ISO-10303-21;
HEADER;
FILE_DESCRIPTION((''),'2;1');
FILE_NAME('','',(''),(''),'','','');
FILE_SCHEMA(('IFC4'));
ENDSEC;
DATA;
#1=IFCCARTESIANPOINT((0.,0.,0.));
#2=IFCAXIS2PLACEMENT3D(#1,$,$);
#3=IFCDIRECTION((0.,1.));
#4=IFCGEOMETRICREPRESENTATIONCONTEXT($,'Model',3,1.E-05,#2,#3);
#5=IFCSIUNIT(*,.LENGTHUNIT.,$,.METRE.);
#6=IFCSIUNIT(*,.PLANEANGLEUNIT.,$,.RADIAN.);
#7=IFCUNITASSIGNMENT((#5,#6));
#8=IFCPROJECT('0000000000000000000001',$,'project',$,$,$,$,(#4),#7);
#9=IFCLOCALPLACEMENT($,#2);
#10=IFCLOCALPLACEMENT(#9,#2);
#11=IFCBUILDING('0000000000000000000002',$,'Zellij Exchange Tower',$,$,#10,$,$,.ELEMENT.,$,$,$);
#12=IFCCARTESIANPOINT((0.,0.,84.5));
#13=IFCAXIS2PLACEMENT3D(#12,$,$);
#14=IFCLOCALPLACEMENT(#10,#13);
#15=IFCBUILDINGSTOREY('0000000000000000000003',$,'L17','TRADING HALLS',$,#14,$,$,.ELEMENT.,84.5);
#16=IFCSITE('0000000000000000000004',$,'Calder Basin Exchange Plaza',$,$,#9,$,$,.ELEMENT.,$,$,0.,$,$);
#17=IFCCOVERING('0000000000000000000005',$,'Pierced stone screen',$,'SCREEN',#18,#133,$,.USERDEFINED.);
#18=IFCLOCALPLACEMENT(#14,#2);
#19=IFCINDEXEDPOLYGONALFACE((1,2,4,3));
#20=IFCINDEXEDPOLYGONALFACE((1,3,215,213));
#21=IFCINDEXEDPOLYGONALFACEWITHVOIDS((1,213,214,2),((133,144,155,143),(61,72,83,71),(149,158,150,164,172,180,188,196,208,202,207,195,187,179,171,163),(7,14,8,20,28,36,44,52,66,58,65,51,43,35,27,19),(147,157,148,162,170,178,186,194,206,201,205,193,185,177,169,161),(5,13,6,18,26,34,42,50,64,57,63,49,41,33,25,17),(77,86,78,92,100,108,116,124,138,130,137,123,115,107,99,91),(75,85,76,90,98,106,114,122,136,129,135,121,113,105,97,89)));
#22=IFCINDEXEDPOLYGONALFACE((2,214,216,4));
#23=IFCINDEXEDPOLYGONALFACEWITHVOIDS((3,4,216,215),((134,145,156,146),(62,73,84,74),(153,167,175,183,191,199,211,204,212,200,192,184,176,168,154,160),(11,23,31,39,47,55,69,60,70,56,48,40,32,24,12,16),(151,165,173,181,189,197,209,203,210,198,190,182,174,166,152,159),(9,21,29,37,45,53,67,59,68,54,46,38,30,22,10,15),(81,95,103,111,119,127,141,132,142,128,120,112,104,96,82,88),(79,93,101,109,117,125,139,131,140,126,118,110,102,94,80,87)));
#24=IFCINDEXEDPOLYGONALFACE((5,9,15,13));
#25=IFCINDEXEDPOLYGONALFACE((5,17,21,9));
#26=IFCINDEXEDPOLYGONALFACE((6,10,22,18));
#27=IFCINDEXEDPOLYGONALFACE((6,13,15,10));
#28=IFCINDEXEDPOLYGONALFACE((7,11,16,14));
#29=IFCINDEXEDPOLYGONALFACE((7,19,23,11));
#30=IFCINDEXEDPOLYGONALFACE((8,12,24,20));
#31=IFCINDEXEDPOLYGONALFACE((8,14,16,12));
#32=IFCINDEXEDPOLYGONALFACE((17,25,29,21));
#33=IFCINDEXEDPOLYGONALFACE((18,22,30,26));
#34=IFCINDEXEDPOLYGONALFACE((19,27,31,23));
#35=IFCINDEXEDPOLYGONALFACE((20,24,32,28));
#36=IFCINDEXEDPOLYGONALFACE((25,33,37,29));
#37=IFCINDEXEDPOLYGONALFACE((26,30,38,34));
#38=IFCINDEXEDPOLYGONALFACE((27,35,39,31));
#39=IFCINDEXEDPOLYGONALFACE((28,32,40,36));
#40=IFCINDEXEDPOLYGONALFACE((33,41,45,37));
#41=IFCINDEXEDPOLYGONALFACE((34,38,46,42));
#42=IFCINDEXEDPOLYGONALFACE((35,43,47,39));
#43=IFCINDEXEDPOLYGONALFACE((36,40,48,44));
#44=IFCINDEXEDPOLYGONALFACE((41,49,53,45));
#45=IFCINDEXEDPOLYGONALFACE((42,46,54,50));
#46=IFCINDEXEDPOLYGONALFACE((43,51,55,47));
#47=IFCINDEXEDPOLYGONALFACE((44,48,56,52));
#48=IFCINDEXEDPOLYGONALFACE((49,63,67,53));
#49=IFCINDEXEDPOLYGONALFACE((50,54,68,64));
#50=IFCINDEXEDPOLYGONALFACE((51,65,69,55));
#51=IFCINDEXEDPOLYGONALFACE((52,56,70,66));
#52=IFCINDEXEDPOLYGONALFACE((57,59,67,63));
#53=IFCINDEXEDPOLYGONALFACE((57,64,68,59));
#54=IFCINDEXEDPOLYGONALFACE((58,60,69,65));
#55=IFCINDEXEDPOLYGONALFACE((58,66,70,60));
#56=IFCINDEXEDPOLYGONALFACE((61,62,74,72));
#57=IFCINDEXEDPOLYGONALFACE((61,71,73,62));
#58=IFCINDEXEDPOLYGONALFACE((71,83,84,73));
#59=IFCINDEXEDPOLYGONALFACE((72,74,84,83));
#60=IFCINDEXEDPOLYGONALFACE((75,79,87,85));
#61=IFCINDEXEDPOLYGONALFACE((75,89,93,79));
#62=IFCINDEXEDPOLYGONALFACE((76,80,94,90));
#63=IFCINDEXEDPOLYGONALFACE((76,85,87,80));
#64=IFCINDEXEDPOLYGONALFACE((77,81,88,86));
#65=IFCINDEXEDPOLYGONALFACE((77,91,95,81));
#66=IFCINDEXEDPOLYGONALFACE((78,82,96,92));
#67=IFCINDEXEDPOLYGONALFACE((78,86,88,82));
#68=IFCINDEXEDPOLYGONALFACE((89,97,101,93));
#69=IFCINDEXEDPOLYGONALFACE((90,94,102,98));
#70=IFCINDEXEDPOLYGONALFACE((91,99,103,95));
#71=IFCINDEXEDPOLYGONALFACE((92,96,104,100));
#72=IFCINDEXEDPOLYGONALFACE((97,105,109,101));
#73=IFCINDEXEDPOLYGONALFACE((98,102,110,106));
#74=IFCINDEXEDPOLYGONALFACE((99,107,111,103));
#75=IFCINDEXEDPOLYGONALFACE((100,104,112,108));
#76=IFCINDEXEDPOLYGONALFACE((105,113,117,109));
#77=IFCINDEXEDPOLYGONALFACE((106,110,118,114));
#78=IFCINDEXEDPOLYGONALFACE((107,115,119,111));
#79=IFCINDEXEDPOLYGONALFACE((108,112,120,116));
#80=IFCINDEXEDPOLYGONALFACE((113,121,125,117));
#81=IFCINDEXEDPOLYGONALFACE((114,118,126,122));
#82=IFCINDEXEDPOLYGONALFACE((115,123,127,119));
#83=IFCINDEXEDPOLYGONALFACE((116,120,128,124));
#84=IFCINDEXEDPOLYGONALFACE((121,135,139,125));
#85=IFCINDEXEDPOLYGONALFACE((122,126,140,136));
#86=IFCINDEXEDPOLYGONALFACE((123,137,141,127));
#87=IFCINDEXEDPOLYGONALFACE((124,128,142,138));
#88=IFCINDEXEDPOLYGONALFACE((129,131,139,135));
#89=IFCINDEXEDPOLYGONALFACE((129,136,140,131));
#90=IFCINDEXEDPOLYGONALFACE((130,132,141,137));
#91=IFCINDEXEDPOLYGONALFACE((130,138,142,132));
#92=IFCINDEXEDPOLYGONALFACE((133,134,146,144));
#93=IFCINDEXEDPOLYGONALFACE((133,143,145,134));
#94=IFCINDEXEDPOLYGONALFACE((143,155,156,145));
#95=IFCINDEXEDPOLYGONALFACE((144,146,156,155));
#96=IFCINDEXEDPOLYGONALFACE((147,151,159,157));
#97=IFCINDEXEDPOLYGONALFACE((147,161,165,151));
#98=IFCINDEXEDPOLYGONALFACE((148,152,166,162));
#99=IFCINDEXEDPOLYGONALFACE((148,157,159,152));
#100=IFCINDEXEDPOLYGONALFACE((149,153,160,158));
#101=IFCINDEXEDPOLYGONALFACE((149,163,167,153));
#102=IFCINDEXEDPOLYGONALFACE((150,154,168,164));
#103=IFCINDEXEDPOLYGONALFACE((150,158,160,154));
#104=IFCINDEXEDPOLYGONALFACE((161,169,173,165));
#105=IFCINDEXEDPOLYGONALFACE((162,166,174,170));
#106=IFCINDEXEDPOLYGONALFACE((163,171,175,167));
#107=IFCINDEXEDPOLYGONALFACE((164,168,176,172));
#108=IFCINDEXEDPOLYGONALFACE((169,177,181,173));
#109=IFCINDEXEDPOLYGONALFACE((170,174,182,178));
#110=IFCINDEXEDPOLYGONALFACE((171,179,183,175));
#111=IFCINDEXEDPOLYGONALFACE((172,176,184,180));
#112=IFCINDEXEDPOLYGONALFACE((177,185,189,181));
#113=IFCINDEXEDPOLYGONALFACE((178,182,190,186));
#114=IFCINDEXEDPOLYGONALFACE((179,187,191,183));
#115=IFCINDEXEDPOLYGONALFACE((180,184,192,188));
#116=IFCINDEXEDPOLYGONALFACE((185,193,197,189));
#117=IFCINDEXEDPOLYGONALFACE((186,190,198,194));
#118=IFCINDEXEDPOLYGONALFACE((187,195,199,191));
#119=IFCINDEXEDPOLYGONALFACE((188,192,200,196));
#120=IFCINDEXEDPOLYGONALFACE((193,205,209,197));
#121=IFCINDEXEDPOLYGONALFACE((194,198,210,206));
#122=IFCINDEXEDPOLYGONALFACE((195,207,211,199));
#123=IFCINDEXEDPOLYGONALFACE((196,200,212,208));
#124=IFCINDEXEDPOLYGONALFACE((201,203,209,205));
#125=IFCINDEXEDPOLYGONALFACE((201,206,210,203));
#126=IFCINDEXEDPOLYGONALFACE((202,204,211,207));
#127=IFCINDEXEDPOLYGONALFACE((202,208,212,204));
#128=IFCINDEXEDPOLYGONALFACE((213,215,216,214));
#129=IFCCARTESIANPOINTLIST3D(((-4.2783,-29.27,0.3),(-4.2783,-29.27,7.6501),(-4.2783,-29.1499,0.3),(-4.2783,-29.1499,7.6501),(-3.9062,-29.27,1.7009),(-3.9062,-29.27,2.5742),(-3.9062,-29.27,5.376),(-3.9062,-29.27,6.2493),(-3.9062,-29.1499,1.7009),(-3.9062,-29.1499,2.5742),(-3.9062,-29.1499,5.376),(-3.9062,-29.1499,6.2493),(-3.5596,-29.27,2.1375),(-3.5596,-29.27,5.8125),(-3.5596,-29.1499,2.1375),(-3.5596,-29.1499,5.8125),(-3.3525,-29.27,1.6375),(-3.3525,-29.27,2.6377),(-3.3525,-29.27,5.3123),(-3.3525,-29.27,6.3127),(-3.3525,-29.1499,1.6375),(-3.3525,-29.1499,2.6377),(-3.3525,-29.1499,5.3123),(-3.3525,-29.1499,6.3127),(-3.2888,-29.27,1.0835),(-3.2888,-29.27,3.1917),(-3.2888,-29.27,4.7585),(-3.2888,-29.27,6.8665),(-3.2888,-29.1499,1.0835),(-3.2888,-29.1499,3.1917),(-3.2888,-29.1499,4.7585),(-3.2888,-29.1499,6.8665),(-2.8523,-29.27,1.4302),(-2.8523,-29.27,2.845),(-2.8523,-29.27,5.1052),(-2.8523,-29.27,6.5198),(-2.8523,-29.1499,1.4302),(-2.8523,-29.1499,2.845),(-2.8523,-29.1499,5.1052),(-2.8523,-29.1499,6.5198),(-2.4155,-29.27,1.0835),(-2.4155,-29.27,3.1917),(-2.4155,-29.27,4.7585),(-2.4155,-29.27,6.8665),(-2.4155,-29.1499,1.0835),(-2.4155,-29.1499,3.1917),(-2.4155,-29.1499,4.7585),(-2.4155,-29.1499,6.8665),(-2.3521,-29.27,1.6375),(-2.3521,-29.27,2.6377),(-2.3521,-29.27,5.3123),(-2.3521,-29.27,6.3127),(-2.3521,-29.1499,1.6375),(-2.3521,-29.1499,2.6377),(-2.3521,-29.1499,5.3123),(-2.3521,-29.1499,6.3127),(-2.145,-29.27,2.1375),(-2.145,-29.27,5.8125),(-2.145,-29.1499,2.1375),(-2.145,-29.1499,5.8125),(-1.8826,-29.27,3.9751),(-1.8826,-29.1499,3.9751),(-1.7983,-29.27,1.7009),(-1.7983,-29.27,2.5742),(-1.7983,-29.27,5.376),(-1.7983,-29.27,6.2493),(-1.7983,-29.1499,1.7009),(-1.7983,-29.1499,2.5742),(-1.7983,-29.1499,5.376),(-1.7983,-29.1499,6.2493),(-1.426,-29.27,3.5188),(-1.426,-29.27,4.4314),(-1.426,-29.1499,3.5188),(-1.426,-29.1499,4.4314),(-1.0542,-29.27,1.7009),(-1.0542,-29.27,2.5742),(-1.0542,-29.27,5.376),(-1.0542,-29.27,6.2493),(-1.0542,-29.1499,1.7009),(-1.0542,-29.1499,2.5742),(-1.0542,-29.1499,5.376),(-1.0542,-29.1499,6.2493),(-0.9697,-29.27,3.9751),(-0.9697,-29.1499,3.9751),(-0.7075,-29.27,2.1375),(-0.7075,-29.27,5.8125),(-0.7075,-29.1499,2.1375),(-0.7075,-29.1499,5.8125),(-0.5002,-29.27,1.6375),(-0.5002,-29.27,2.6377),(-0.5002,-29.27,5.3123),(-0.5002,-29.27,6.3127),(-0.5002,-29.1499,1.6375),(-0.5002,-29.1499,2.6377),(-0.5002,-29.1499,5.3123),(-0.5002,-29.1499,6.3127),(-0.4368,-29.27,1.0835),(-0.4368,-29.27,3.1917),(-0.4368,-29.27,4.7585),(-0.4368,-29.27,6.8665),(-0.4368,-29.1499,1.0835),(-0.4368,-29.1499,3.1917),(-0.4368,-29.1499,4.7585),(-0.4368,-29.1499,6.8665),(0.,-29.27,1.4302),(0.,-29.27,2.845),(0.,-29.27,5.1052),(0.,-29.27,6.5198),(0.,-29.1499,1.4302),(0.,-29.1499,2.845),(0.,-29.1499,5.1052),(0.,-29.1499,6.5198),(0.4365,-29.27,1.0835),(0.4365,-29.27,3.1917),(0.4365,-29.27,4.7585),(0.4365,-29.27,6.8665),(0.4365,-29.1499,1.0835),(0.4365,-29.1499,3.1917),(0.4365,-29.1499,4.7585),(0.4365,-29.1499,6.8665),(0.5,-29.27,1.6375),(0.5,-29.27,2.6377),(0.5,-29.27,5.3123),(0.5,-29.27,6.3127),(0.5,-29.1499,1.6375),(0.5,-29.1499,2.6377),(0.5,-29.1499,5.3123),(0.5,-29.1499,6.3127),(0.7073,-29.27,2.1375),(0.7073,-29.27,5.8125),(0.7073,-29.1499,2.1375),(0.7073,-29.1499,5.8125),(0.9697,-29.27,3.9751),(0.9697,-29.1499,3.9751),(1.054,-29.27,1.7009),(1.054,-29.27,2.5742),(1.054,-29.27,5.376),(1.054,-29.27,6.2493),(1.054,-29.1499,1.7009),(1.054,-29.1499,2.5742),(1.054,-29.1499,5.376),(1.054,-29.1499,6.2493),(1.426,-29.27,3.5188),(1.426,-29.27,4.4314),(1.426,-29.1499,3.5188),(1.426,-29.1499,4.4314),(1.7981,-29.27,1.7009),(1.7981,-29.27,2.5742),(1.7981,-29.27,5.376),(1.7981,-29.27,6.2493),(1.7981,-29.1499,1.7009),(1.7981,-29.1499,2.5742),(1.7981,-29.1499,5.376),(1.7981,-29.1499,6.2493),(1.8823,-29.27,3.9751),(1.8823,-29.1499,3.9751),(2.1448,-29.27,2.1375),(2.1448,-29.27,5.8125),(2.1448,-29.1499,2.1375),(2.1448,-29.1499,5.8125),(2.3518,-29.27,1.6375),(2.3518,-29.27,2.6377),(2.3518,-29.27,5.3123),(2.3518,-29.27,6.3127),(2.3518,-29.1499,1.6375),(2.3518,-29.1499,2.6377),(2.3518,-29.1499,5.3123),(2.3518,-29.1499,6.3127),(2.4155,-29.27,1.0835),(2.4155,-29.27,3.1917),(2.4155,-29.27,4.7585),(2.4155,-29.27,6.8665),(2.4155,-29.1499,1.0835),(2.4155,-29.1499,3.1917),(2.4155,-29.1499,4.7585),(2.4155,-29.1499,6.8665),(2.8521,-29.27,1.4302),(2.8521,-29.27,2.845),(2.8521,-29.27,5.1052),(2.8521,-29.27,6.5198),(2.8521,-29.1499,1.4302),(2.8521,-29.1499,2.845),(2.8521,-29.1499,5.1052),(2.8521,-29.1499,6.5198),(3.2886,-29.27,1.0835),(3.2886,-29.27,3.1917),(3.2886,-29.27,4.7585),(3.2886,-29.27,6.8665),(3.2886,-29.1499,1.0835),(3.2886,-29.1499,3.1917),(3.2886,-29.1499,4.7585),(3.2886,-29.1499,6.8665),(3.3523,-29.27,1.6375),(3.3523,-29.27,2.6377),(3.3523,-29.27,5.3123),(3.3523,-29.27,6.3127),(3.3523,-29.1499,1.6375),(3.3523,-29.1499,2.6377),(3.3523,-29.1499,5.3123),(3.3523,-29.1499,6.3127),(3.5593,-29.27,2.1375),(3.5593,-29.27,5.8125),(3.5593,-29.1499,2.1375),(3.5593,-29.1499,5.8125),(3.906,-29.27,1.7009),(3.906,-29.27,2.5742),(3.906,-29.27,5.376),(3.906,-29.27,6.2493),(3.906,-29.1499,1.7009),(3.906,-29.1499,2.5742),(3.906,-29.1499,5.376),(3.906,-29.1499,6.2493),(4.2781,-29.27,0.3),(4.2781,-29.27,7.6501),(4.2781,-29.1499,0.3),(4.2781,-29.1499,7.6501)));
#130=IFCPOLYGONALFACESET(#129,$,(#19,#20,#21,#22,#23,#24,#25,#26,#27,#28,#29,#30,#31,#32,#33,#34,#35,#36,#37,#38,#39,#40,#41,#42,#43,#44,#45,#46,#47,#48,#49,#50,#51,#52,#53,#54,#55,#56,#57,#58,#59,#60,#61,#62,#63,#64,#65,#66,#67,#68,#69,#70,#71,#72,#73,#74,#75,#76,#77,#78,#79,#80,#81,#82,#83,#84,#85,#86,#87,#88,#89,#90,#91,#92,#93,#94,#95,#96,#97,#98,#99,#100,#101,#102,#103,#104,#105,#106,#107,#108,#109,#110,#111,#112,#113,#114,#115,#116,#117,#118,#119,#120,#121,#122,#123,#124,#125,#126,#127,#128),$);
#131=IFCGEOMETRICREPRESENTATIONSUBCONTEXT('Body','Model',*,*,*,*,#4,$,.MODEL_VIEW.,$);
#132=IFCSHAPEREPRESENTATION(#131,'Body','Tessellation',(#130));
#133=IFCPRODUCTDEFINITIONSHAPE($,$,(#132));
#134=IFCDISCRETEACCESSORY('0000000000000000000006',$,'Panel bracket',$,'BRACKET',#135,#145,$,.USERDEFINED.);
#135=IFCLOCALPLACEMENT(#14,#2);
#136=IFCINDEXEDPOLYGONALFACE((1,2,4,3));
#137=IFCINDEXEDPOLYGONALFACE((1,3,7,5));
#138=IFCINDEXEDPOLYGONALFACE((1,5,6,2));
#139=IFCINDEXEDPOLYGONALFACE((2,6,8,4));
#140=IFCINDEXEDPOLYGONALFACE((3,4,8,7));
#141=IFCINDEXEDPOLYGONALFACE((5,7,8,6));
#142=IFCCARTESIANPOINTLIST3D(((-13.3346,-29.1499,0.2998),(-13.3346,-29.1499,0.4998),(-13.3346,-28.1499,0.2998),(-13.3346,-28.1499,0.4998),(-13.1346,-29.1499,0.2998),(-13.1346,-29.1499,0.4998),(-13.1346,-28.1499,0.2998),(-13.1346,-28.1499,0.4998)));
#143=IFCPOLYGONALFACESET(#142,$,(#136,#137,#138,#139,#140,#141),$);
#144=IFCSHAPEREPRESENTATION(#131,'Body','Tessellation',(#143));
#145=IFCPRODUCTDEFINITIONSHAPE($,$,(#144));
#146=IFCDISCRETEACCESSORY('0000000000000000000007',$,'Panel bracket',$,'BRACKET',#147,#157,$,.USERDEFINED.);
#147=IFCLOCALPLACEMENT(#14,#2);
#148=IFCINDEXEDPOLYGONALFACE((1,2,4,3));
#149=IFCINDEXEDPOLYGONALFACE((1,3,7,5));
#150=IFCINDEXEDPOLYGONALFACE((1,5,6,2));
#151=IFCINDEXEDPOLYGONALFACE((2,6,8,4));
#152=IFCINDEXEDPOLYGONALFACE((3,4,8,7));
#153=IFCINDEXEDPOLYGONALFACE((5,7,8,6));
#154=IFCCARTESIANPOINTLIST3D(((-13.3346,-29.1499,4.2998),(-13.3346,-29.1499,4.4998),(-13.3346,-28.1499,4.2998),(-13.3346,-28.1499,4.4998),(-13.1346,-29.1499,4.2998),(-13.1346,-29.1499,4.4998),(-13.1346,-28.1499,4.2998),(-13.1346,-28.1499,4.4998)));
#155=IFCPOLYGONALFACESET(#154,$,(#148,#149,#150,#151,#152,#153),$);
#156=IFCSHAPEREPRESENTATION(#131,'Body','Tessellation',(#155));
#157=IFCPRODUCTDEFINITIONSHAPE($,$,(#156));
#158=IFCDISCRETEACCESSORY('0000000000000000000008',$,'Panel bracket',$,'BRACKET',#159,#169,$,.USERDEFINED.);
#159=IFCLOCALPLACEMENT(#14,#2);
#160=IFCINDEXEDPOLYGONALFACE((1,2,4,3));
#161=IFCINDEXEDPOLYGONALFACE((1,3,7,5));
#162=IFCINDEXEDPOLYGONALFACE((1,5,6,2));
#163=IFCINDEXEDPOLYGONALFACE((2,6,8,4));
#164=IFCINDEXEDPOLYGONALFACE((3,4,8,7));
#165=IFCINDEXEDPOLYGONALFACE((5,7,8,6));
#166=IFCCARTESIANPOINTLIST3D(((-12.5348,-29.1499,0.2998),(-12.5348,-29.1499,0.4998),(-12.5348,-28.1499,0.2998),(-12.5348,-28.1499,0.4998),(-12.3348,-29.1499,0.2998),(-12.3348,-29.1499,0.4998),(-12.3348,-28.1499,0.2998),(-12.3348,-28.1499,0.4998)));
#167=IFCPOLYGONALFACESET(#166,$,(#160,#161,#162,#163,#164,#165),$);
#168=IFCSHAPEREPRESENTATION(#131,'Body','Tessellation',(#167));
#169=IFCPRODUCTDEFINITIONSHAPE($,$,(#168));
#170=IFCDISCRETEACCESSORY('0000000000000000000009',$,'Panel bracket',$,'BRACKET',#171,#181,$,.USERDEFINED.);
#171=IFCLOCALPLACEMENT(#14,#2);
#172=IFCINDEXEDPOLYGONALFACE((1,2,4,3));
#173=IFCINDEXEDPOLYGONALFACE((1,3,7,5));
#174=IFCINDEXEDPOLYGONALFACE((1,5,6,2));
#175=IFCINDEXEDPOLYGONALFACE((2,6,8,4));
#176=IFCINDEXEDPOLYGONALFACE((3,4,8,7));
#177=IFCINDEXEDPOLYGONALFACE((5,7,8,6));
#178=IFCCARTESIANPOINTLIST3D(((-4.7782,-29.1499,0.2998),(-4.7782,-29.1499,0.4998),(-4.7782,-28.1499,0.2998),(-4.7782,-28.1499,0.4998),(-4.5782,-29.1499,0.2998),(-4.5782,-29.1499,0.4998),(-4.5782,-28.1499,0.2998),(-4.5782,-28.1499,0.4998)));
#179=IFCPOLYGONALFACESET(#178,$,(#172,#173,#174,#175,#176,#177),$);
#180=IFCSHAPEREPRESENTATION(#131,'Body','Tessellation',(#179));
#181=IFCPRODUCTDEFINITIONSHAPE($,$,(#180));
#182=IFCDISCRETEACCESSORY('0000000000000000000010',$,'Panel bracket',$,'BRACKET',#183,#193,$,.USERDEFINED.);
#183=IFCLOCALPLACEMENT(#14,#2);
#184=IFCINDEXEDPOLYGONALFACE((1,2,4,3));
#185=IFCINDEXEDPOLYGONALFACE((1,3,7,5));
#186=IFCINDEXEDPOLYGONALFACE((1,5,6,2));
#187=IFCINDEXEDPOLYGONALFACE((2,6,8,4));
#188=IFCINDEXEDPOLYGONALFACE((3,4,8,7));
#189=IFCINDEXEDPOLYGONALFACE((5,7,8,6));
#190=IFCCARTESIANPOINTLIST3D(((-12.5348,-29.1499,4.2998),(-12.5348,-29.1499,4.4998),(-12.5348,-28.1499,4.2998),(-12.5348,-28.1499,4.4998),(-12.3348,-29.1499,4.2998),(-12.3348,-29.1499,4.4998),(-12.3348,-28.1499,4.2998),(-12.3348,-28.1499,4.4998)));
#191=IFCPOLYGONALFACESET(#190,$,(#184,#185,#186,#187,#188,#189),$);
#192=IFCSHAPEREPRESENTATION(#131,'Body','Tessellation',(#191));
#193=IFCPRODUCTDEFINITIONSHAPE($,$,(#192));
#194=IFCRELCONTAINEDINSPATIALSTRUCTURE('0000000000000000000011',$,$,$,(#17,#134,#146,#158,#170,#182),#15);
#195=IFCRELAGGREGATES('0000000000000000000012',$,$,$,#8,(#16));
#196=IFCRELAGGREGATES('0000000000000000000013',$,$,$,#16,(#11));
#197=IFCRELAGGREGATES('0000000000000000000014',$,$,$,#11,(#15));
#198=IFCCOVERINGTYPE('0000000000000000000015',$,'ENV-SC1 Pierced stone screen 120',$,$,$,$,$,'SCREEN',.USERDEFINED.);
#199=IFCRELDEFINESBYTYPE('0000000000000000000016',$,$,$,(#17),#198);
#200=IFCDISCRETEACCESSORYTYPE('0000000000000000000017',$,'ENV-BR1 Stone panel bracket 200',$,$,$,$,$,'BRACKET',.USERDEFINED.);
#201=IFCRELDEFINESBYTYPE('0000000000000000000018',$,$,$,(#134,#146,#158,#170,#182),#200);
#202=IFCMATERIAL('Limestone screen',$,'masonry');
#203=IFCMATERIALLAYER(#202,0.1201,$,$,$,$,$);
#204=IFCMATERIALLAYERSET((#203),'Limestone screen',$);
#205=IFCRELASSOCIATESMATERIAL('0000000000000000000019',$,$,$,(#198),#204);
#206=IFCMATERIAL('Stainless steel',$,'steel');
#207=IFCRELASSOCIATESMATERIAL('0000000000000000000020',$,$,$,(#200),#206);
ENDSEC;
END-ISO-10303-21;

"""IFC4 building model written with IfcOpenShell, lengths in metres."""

from ifc_helpers import new_model, si_unit, direction, frame, origin, origin_2d, place, context, subcontext, project, spatial, polyline, rectangle, outline, extrude, material, layer, layer_set, type_object, element, save


model = new_model("IFC4")

# Units and contexts
model_context = context("Model", 3, precision=1e-05, world=origin(), true_north=direction((0.0, 1.0)))
body_context = subcontext(model_context, "Body", "Model", "MODEL_VIEW")
ifc_project = project(units=[si_unit("LENGTHUNIT", "METRE"), si_unit("PLANEANGLEUNIT", "RADIAN")], contexts=[model_context])

# Site, building, storey
site_placement = place(None, origin())
site = spatial("IfcSite", under=ifc_project, at=site_placement, Name="Calder Basin Exchange Plaza", CompositionType="ELEMENT", RefElevation=0.0)
building_placement = place(site_placement, origin())
building = spatial("IfcBuilding", under=site, at=building_placement, Name="Zellij Exchange Tower", CompositionType="ELEMENT")
storey_placement = place(building_placement, frame((0.0, 0.0, 84.5)))
storey = spatial("IfcBuildingStorey", under=building, at=storey_placement, Name="L17", Description="TRADING HALLS", CompositionType="ELEMENT", Elevation=84.5)

# Covering
ifc_material_1 = material(Name="Limestone screen", Category="masonry")
ifc_layer_1 = layer(ifc_material_1, 0.1201)
ifc_layer_set_1 = layer_set([ifc_layer_1], Name="Limestone screen")
covering_type = type_object("IfcCoveringType", Name="ENV-SC1 Pierced stone screen 120", ElementType="SCREEN", PredefinedType="USERDEFINED", material=ifc_layer_set_1)
covering_1_placement = place(storey_placement, frame((-4.2783, -29.21, 0.3), z_axis=(0.0, 0.0, 1.0), x_axis=(1.0, 0.0, 0.0)))
element("IfcCovering", 1, at=covering_1_placement, inside=storey, type_object=covering_type, Name="Pierced stone screen", ObjectType="SCREEN", PredefinedType="USERDEFINED", context=body_context, shape_type="SweptSolid", body=[
    extrude(outline(polyline([(0.0, 0.0), (8.5564, 0.0), (8.5564, 7.3501), (0.0, 7.3501), (0.0, 0.0)]), holes=[polyline([(2.48, 2.2742), (1.9263, 2.3376), (1.8628, 2.8916), (1.426, 2.5449), (0.9895, 2.8916), (0.9258, 2.3376), (0.3721, 2.2742), (0.7188, 1.8374), (0.3721, 1.4009), (0.9258, 1.3374), (0.9895, 0.7834), (1.426, 1.1301), (1.8628, 0.7834), (1.9263, 1.3374), (2.48, 1.4009), (2.1333, 1.8374), (2.48, 2.2742)]), polyline([(2.48, 5.9492), (1.9263, 6.0127), (1.8628, 6.5664), (1.426, 6.2197), (0.9895, 6.5664), (0.9258, 6.0127), (0.3721, 5.9492), (0.7188, 5.5125), (0.3721, 5.0759), (0.9258, 5.0122), (0.9895, 4.4585), (1.426, 4.8052), (1.8628, 4.4585), (1.9263, 5.0122), (2.48, 5.0759), (2.1333, 5.5125), (2.48, 5.9492)]), polyline([(5.3323, 2.2742), (4.7783, 2.3376), (4.7148, 2.8916), (4.2783, 2.5449), (3.8416, 2.8916), (3.7781, 2.3376), (3.2241, 2.2742), (3.5708, 1.8374), (3.2241, 1.4009), (3.7781, 1.3374), (3.8416, 0.7834), (4.2783, 1.1301), (4.7148, 0.7834), (4.7783, 1.3374), (5.3323, 1.4009), (4.9856, 1.8374), (5.3323, 2.2742)]), polyline([(5.3323, 5.9492), (4.7783, 6.0127), (4.7148, 6.5664), (4.2783, 6.2197), (3.8416, 6.5664), (3.7781, 6.0127), (3.2241, 5.9492), (3.5708, 5.5125), (3.2241, 5.0759), (3.7781, 5.0122), (3.8416, 4.4585), (4.2783, 4.8052), (4.7148, 4.4585), (4.7783, 5.0122), (5.3323, 5.0759), (4.9856, 5.5125), (5.3323, 5.9492)]), polyline([(8.1843, 2.2742), (7.6306, 2.3376), (7.5669, 2.8916), (7.1304, 2.5449), (6.6938, 2.8916), (6.6301, 2.3376), (6.0764, 2.2742), (6.4231, 1.8374), (6.0764, 1.4009), (6.6301, 1.3374), (6.6938, 0.7834), (7.1304, 1.1301), (7.5669, 0.7834), (7.6306, 1.3374), (8.1843, 1.4009), (7.8376, 1.8374), (8.1843, 2.2742)]), polyline([(8.1843, 5.9492), (7.6306, 6.0127), (7.5669, 6.5664), (7.1304, 6.2197), (6.6938, 6.5664), (6.6301, 6.0127), (6.0764, 5.9492), (6.4231, 5.5125), (6.0764, 5.0759), (6.6301, 5.0122), (6.6938, 4.4585), (7.1304, 4.8052), (7.5669, 4.4585), (7.6306, 5.0122), (8.1843, 5.0759), (7.8376, 5.5125), (8.1843, 5.9492)]), polyline([(3.3086, 3.675), (2.8523, 4.1313), (2.3958, 3.675), (2.8523, 3.2188), (3.3086, 3.675)]), polyline([(6.1606, 3.675), (5.7043, 4.1313), (5.248, 3.675), (5.7043, 3.2188), (6.1606, 3.675)])]), frame((0.0, 0.0601, 0.0), z_axis=(0.0, -1.0, 0.0), x_axis=(1.0, 0.0, 0.0)), (0.0, 0.0, 1.0), 0.1201),
])

# Discrete accessories
ifc_material_2 = material(Name="Stainless steel", Category="steel")
discrete_accessory_type = type_object("IfcDiscreteAccessoryType", Name="ENV-BR1 Stone panel bracket 200", ElementType="BRACKET", PredefinedType="USERDEFINED", material=ifc_material_2)
for number, where, z_axis, x_axis, name in (
    (2, (-13.2346, -28.6499, 0.2998), (0.0, 0.0, 1.0), (1.0, 0.0, 0.0), "Panel bracket"),
    (3, (-13.2346, -28.6499, 4.2998), (0.0, 0.0, 1.0), (1.0, 0.0, 0.0), "Panel bracket"),
    (4, (-12.4348, -28.6499, 0.2998), (0.0, 0.0, 1.0), (1.0, 0.0, 0.0), "Panel bracket"),
    (5, (-4.6782, -28.6499, 0.2998), (0.0, 0.0, 1.0), (1.0, 0.0, 0.0), "Panel bracket"),
    (6, (-12.4348, -28.6499, 4.2998), (0.0, 0.0, 1.0), (1.0, 0.0, 0.0), "Panel bracket"),
):
    element("IfcDiscreteAccessory", number, at=place(storey_placement, frame(where, z_axis=z_axis, x_axis=x_axis)), inside=storey, type_object=discrete_accessory_type, Name=name, ObjectType="BRACKET", PredefinedType="USERDEFINED", context=body_context, shape_type="SweptSolid", body=[
        extrude(rectangle(XDim=0.2, YDim=1.0, at=origin_2d()), origin(), (0.0, 0.0, 1.0), 0.2),
    ])

save(model, "model.ifc")
